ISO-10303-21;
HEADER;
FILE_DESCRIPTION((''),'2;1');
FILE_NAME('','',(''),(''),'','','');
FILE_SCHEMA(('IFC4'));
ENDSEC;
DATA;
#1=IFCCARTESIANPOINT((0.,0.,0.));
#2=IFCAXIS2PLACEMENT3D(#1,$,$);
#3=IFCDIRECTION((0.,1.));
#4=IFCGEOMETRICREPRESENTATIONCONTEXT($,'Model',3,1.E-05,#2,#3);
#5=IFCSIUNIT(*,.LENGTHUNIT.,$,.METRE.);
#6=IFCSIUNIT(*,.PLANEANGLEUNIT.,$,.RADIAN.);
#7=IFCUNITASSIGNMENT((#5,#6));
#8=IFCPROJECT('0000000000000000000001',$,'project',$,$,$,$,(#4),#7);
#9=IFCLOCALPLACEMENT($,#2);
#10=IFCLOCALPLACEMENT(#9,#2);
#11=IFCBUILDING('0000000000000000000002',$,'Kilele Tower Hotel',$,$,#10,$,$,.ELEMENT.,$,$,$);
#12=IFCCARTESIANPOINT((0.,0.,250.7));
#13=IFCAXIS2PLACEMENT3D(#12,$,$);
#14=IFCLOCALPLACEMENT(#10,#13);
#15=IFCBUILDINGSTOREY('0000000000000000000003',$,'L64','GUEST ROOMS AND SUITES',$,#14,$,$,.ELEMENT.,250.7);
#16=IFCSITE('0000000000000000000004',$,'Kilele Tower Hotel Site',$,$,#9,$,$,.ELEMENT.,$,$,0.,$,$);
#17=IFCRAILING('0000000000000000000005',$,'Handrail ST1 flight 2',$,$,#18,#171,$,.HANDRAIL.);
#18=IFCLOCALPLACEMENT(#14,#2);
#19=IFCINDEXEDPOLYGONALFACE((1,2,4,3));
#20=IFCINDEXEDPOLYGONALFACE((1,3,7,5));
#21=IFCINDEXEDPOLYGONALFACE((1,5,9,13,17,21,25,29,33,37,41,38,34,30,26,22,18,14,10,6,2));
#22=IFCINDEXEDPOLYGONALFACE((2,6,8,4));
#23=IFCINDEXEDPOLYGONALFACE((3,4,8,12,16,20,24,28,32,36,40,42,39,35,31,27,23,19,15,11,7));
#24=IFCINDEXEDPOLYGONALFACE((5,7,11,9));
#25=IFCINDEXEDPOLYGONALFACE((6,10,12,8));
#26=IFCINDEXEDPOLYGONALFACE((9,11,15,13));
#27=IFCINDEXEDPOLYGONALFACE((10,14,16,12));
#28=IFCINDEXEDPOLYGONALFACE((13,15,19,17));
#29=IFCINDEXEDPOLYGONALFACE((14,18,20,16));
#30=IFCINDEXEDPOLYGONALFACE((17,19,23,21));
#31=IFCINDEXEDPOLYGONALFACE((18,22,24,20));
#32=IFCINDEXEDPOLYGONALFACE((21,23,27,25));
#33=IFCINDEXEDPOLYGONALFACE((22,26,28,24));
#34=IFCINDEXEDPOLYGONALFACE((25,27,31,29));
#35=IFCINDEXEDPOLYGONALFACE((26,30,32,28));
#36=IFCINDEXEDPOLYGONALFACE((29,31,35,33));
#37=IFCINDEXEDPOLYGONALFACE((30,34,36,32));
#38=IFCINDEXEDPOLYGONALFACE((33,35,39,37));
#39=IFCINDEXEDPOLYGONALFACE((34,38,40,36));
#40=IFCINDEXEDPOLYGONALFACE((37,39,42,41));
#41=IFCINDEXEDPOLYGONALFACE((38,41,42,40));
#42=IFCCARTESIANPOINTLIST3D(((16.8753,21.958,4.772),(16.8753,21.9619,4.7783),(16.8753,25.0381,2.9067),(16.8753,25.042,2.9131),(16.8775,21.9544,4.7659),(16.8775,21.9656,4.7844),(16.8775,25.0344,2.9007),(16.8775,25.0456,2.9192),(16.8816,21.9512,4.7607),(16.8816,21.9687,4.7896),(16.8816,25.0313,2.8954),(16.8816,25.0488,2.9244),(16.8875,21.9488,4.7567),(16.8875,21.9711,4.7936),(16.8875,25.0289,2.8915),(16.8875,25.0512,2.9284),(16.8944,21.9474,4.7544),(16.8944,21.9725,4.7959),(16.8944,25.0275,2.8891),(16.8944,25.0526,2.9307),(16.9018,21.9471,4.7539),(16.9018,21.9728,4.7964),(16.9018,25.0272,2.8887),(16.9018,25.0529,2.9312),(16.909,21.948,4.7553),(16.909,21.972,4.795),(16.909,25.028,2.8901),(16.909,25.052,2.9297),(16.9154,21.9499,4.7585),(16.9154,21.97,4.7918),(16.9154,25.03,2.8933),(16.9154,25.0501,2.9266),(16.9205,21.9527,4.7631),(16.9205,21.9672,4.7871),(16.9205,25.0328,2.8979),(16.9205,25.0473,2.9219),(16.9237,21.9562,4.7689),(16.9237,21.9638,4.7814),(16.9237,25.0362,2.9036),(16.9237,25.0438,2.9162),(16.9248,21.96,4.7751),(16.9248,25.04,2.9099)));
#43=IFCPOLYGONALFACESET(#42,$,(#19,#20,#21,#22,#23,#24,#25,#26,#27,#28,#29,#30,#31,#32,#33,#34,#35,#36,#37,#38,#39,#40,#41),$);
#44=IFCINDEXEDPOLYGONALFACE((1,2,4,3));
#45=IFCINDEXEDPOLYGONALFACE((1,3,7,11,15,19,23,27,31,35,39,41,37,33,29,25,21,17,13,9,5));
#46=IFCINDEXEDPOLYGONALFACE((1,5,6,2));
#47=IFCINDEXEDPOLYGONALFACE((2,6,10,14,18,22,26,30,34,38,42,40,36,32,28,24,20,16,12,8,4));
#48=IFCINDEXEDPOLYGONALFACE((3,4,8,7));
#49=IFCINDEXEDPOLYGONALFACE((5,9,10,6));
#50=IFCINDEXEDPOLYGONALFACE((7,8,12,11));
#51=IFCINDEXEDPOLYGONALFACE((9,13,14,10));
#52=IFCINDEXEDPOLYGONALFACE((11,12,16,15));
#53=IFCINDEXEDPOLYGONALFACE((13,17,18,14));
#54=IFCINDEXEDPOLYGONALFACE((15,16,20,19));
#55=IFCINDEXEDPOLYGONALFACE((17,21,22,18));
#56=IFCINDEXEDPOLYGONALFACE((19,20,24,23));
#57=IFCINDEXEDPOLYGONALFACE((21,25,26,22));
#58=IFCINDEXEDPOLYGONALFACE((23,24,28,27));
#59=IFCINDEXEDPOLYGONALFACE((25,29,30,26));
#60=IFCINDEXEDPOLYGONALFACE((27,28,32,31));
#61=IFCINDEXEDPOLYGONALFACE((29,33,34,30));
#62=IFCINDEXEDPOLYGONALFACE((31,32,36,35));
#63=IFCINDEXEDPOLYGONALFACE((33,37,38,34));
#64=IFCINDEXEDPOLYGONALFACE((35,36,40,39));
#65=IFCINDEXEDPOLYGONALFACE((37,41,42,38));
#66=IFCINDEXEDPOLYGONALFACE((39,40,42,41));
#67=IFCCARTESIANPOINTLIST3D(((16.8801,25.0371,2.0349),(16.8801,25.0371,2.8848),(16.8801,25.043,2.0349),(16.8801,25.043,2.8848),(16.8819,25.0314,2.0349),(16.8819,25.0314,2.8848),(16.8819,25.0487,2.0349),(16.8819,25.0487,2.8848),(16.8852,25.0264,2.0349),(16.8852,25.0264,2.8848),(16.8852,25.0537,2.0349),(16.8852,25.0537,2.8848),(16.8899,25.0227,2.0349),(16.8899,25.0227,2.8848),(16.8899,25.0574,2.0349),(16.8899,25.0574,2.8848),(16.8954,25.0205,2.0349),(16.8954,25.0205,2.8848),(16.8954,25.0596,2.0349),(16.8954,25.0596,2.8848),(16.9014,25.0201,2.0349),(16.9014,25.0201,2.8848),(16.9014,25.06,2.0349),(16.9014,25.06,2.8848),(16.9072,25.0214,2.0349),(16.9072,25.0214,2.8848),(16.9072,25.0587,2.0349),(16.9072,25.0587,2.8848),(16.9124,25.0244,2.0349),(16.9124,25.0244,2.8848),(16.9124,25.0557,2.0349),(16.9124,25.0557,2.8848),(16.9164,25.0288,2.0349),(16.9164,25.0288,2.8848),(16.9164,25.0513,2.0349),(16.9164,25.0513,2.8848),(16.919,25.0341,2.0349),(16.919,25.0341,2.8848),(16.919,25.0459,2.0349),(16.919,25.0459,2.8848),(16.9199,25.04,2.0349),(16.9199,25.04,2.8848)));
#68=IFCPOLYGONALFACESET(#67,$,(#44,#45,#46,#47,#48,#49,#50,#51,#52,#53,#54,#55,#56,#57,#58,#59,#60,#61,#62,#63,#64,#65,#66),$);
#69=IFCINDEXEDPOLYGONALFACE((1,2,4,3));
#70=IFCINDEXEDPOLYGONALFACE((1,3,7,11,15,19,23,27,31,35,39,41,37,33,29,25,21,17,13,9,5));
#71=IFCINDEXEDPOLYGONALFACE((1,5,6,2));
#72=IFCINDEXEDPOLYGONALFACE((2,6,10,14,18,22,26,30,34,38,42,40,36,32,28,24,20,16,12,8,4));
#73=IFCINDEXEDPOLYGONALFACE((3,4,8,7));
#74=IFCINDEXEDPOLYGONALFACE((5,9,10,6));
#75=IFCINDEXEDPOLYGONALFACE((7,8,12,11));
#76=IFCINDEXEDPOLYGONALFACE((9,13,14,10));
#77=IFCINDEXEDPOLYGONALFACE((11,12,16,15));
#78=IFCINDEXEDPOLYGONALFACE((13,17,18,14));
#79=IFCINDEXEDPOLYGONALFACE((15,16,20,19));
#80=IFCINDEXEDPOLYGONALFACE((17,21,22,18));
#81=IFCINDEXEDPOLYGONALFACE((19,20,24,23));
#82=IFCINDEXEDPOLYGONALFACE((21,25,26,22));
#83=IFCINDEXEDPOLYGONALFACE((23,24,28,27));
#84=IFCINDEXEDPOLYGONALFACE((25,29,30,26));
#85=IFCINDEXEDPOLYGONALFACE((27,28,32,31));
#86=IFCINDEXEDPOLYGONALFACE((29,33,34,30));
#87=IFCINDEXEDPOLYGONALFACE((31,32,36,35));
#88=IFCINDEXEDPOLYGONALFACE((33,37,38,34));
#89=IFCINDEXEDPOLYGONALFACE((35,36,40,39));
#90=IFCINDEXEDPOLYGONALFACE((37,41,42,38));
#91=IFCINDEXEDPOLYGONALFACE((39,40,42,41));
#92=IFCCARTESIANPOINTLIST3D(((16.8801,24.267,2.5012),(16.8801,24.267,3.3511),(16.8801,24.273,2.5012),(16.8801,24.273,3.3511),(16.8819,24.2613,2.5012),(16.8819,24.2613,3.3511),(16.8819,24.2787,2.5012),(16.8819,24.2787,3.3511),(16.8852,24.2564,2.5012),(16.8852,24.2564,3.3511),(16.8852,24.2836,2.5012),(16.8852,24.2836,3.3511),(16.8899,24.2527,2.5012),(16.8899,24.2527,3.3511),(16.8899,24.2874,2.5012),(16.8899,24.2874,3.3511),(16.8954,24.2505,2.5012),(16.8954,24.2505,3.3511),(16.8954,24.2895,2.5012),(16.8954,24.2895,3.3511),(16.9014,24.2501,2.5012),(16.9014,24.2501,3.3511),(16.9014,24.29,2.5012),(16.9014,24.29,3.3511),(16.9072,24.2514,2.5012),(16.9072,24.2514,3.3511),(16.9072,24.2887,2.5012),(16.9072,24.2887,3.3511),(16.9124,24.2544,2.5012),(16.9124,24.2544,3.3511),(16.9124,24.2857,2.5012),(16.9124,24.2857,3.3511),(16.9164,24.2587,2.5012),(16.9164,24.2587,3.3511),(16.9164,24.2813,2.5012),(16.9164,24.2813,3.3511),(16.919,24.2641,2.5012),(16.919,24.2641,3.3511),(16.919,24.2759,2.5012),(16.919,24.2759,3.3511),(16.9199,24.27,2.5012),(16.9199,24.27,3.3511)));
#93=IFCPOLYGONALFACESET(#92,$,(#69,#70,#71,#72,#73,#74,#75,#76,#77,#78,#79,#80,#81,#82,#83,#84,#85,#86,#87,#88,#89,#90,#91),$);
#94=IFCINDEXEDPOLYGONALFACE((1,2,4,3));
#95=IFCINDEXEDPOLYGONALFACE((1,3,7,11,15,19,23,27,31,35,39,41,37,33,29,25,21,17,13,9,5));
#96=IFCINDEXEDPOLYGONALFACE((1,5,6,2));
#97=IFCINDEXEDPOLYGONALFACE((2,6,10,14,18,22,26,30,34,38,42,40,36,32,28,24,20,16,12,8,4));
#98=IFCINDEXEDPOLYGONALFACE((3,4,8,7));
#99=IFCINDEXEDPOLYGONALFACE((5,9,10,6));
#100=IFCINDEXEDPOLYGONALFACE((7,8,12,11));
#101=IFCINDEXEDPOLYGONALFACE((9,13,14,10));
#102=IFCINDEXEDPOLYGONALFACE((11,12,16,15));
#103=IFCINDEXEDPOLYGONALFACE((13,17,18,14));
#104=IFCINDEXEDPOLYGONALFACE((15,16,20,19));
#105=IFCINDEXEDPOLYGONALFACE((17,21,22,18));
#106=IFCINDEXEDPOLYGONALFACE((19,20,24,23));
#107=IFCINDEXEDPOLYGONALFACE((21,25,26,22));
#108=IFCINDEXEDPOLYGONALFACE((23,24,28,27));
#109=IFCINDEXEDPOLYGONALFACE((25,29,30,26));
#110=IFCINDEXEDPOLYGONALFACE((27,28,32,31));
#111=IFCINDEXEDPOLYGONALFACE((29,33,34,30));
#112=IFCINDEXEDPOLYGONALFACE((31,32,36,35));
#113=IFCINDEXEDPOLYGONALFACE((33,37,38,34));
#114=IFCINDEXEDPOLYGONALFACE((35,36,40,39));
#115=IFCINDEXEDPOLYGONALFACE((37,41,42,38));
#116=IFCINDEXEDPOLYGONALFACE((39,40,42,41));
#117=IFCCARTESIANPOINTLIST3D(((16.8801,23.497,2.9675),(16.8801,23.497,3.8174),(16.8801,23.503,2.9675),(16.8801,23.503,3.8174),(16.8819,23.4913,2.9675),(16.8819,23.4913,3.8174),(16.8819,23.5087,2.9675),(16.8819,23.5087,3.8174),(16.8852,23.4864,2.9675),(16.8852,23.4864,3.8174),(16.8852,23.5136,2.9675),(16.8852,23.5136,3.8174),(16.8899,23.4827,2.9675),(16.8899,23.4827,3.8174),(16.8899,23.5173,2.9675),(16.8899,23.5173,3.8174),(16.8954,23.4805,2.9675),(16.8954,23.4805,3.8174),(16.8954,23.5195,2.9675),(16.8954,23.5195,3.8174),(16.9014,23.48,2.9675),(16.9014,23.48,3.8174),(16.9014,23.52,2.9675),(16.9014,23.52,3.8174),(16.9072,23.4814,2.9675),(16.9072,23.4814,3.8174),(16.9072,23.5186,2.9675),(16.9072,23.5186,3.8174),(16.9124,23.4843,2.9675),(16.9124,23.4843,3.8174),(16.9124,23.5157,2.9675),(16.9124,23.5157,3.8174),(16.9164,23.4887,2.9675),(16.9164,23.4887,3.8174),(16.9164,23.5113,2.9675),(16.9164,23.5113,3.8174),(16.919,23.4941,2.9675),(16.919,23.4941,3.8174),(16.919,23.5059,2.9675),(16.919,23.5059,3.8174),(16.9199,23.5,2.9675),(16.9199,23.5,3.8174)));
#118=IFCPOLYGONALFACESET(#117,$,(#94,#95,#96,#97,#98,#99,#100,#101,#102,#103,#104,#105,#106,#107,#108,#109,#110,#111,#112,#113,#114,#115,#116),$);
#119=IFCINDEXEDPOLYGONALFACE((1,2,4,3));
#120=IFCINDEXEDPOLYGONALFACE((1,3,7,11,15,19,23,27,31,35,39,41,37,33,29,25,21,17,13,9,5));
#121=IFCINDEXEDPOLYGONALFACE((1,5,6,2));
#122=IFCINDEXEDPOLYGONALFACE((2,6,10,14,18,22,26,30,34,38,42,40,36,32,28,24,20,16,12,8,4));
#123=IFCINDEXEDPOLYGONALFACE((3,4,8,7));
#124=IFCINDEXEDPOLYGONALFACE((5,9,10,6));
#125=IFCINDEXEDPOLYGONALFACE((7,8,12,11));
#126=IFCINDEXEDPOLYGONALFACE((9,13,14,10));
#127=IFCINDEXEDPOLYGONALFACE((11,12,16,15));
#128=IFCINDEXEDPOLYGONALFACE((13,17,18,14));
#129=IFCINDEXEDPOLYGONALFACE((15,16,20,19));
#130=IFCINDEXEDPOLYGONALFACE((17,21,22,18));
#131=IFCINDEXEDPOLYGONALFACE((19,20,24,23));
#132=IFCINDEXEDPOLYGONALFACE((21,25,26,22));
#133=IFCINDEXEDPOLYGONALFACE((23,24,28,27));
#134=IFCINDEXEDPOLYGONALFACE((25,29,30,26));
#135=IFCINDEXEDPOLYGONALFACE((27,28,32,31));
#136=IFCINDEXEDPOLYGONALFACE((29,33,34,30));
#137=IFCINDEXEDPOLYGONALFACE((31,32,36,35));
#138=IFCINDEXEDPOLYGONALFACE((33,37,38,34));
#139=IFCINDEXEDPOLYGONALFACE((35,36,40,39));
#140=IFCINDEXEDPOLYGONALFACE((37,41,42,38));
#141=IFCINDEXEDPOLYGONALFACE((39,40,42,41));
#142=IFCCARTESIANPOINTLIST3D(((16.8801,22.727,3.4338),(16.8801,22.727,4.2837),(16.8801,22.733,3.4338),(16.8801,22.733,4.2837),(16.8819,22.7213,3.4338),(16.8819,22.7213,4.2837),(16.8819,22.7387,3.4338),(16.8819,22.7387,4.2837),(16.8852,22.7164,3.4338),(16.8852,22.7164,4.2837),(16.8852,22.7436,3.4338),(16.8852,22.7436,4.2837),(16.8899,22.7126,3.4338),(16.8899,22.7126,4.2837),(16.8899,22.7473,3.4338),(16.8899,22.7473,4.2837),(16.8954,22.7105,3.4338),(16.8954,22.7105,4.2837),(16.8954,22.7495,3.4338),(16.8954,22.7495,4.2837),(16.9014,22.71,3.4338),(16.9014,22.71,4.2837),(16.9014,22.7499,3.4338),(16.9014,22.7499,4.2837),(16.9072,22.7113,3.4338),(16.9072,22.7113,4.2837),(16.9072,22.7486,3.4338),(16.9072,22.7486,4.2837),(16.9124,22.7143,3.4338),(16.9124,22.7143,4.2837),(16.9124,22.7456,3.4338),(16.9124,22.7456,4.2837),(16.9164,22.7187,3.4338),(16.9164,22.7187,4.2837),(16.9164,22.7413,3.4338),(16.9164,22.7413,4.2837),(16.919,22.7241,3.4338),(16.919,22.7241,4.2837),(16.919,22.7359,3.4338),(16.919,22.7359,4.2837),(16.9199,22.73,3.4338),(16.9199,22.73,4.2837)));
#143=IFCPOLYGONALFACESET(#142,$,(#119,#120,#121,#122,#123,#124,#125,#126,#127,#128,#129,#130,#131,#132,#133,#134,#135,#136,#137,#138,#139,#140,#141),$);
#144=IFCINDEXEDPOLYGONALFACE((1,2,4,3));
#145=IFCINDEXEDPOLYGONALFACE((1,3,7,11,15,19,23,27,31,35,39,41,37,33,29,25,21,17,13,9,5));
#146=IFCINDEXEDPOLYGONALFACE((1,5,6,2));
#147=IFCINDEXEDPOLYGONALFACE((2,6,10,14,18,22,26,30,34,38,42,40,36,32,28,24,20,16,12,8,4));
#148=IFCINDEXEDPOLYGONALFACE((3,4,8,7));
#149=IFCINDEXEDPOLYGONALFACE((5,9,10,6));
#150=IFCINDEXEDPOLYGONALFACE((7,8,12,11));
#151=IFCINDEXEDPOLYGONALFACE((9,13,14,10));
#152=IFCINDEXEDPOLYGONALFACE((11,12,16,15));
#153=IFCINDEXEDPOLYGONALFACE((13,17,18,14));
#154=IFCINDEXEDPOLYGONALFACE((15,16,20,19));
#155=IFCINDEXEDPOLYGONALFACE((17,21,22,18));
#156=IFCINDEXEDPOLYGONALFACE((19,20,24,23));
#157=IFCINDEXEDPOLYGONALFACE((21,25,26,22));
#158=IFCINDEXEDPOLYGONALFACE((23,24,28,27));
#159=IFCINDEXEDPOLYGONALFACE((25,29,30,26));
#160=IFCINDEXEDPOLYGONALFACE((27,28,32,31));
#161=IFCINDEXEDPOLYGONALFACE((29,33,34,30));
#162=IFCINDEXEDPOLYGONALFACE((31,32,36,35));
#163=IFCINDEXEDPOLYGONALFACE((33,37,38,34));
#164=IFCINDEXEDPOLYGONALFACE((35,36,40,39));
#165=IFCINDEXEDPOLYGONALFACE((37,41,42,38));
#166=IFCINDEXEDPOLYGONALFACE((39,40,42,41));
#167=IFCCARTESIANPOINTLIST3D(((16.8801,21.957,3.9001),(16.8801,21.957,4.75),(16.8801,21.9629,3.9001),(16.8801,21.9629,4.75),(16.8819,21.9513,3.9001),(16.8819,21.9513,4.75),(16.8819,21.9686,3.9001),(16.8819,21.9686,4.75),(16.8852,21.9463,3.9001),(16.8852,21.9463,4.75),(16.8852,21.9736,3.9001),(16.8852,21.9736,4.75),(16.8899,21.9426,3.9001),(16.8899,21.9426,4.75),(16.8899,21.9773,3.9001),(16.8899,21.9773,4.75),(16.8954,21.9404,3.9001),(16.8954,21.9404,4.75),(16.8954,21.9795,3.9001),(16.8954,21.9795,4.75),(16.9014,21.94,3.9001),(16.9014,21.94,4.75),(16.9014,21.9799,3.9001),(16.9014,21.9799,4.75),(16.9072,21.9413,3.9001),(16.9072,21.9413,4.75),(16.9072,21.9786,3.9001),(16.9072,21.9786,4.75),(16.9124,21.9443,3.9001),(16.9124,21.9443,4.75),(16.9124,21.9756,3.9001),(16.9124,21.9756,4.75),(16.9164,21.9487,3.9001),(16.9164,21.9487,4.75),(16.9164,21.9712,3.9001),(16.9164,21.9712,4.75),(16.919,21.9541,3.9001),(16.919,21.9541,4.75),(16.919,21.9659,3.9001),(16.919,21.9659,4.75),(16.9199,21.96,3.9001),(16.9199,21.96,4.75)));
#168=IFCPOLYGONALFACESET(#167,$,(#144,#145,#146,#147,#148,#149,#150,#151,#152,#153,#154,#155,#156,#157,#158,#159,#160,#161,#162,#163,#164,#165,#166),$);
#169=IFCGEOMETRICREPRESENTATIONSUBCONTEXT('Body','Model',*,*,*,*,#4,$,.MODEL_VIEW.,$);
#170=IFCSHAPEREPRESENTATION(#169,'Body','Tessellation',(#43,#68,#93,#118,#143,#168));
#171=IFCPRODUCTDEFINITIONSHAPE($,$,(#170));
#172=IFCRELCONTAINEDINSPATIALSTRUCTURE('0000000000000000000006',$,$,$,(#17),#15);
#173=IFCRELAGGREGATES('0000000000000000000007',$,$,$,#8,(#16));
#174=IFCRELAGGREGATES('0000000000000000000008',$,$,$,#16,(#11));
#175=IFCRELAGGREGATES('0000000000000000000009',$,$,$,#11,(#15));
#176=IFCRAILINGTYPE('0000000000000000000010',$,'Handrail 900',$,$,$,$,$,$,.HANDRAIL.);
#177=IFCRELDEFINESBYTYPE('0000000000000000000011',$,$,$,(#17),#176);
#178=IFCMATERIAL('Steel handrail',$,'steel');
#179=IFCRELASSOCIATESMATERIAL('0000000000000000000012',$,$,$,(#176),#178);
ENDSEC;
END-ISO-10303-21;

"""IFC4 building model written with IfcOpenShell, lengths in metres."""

from ifc_helpers import new_model, si_unit, direction, frame, origin, origin_2d, place, context, subcontext, project, spatial, circle, extrude, material, type_object, element, save


model = new_model("IFC4")

# Units and contexts
model_context = context("Model", 3, precision=1e-05, world=origin(), true_north=direction((0.0, 1.0)))
body_context = subcontext(model_context, "Body", "Model", "MODEL_VIEW")
ifc_project = project(units=[si_unit("LENGTHUNIT", "METRE"), si_unit("PLANEANGLEUNIT", "RADIAN")], contexts=[model_context])

# Site, building, storey
site_placement = place(None, origin())
site = spatial("IfcSite", under=ifc_project, at=site_placement, Name="Kilele Tower Hotel Site", CompositionType="ELEMENT", RefElevation=0.0)
building_placement = place(site_placement, origin())
building = spatial("IfcBuilding", under=site, at=building_placement, Name="Kilele Tower Hotel", CompositionType="ELEMENT")
storey_placement = place(building_placement, frame((0.0, 0.0, 250.7)))
storey = spatial("IfcBuildingStorey", under=building, at=storey_placement, Name="L64", Description="GUEST ROOMS AND SUITES", CompositionType="ELEMENT", Elevation=250.7)

# Railing
ifc_material_1 = material(Name="Steel handrail", Category="steel")
railing_type_1 = type_object("IfcRailingType", Name="Handrail 900", PredefinedType="HANDRAIL", material=ifc_material_1)
for number, where, name in (
    (1, (16.8999, 25.04, 2.0349), "Handrail ST1 flight 2"),
):
    element("IfcRailing", number, at=place(storey_placement, frame(where)), inside=storey, type_object=railing_type_1, Name=name, PredefinedType="HANDRAIL", context=body_context, shape_type="SweptSolid", body=[
        extrude(circle(Radius=0.0249, at=origin_2d()), frame((0.0, 0.0, 0.875), z_axis=(0.0, -0.85538, 0.518001), x_axis=(1.0, 0.0, 0.0)), (0.0, 0.0, 1.0), 3.6008),
        extrude(circle(Radius=0.02, at=origin_2d()), origin(), (0.0, 0.0, 1.0), 0.8499),
        extrude(circle(Radius=0.02, at=origin_2d()), frame((0.0, -0.77, 0.4663)), (0.0, 0.0, 1.0), 0.8499),
        extrude(circle(Radius=0.02, at=origin_2d()), frame((0.0, -1.54, 0.9326)), (0.0, 0.0, 1.0), 0.8499),
        extrude(circle(Radius=0.02, at=origin_2d()), frame((0.0, -2.3101, 1.3989)), (0.0, 0.0, 1.0), 0.8499),
        extrude(circle(Radius=0.02, at=origin_2d()), frame((0.0, -3.0801, 1.8652)), (0.0, 0.0, 1.0), 0.8499),
    ])

save(model, "model.ifc")
